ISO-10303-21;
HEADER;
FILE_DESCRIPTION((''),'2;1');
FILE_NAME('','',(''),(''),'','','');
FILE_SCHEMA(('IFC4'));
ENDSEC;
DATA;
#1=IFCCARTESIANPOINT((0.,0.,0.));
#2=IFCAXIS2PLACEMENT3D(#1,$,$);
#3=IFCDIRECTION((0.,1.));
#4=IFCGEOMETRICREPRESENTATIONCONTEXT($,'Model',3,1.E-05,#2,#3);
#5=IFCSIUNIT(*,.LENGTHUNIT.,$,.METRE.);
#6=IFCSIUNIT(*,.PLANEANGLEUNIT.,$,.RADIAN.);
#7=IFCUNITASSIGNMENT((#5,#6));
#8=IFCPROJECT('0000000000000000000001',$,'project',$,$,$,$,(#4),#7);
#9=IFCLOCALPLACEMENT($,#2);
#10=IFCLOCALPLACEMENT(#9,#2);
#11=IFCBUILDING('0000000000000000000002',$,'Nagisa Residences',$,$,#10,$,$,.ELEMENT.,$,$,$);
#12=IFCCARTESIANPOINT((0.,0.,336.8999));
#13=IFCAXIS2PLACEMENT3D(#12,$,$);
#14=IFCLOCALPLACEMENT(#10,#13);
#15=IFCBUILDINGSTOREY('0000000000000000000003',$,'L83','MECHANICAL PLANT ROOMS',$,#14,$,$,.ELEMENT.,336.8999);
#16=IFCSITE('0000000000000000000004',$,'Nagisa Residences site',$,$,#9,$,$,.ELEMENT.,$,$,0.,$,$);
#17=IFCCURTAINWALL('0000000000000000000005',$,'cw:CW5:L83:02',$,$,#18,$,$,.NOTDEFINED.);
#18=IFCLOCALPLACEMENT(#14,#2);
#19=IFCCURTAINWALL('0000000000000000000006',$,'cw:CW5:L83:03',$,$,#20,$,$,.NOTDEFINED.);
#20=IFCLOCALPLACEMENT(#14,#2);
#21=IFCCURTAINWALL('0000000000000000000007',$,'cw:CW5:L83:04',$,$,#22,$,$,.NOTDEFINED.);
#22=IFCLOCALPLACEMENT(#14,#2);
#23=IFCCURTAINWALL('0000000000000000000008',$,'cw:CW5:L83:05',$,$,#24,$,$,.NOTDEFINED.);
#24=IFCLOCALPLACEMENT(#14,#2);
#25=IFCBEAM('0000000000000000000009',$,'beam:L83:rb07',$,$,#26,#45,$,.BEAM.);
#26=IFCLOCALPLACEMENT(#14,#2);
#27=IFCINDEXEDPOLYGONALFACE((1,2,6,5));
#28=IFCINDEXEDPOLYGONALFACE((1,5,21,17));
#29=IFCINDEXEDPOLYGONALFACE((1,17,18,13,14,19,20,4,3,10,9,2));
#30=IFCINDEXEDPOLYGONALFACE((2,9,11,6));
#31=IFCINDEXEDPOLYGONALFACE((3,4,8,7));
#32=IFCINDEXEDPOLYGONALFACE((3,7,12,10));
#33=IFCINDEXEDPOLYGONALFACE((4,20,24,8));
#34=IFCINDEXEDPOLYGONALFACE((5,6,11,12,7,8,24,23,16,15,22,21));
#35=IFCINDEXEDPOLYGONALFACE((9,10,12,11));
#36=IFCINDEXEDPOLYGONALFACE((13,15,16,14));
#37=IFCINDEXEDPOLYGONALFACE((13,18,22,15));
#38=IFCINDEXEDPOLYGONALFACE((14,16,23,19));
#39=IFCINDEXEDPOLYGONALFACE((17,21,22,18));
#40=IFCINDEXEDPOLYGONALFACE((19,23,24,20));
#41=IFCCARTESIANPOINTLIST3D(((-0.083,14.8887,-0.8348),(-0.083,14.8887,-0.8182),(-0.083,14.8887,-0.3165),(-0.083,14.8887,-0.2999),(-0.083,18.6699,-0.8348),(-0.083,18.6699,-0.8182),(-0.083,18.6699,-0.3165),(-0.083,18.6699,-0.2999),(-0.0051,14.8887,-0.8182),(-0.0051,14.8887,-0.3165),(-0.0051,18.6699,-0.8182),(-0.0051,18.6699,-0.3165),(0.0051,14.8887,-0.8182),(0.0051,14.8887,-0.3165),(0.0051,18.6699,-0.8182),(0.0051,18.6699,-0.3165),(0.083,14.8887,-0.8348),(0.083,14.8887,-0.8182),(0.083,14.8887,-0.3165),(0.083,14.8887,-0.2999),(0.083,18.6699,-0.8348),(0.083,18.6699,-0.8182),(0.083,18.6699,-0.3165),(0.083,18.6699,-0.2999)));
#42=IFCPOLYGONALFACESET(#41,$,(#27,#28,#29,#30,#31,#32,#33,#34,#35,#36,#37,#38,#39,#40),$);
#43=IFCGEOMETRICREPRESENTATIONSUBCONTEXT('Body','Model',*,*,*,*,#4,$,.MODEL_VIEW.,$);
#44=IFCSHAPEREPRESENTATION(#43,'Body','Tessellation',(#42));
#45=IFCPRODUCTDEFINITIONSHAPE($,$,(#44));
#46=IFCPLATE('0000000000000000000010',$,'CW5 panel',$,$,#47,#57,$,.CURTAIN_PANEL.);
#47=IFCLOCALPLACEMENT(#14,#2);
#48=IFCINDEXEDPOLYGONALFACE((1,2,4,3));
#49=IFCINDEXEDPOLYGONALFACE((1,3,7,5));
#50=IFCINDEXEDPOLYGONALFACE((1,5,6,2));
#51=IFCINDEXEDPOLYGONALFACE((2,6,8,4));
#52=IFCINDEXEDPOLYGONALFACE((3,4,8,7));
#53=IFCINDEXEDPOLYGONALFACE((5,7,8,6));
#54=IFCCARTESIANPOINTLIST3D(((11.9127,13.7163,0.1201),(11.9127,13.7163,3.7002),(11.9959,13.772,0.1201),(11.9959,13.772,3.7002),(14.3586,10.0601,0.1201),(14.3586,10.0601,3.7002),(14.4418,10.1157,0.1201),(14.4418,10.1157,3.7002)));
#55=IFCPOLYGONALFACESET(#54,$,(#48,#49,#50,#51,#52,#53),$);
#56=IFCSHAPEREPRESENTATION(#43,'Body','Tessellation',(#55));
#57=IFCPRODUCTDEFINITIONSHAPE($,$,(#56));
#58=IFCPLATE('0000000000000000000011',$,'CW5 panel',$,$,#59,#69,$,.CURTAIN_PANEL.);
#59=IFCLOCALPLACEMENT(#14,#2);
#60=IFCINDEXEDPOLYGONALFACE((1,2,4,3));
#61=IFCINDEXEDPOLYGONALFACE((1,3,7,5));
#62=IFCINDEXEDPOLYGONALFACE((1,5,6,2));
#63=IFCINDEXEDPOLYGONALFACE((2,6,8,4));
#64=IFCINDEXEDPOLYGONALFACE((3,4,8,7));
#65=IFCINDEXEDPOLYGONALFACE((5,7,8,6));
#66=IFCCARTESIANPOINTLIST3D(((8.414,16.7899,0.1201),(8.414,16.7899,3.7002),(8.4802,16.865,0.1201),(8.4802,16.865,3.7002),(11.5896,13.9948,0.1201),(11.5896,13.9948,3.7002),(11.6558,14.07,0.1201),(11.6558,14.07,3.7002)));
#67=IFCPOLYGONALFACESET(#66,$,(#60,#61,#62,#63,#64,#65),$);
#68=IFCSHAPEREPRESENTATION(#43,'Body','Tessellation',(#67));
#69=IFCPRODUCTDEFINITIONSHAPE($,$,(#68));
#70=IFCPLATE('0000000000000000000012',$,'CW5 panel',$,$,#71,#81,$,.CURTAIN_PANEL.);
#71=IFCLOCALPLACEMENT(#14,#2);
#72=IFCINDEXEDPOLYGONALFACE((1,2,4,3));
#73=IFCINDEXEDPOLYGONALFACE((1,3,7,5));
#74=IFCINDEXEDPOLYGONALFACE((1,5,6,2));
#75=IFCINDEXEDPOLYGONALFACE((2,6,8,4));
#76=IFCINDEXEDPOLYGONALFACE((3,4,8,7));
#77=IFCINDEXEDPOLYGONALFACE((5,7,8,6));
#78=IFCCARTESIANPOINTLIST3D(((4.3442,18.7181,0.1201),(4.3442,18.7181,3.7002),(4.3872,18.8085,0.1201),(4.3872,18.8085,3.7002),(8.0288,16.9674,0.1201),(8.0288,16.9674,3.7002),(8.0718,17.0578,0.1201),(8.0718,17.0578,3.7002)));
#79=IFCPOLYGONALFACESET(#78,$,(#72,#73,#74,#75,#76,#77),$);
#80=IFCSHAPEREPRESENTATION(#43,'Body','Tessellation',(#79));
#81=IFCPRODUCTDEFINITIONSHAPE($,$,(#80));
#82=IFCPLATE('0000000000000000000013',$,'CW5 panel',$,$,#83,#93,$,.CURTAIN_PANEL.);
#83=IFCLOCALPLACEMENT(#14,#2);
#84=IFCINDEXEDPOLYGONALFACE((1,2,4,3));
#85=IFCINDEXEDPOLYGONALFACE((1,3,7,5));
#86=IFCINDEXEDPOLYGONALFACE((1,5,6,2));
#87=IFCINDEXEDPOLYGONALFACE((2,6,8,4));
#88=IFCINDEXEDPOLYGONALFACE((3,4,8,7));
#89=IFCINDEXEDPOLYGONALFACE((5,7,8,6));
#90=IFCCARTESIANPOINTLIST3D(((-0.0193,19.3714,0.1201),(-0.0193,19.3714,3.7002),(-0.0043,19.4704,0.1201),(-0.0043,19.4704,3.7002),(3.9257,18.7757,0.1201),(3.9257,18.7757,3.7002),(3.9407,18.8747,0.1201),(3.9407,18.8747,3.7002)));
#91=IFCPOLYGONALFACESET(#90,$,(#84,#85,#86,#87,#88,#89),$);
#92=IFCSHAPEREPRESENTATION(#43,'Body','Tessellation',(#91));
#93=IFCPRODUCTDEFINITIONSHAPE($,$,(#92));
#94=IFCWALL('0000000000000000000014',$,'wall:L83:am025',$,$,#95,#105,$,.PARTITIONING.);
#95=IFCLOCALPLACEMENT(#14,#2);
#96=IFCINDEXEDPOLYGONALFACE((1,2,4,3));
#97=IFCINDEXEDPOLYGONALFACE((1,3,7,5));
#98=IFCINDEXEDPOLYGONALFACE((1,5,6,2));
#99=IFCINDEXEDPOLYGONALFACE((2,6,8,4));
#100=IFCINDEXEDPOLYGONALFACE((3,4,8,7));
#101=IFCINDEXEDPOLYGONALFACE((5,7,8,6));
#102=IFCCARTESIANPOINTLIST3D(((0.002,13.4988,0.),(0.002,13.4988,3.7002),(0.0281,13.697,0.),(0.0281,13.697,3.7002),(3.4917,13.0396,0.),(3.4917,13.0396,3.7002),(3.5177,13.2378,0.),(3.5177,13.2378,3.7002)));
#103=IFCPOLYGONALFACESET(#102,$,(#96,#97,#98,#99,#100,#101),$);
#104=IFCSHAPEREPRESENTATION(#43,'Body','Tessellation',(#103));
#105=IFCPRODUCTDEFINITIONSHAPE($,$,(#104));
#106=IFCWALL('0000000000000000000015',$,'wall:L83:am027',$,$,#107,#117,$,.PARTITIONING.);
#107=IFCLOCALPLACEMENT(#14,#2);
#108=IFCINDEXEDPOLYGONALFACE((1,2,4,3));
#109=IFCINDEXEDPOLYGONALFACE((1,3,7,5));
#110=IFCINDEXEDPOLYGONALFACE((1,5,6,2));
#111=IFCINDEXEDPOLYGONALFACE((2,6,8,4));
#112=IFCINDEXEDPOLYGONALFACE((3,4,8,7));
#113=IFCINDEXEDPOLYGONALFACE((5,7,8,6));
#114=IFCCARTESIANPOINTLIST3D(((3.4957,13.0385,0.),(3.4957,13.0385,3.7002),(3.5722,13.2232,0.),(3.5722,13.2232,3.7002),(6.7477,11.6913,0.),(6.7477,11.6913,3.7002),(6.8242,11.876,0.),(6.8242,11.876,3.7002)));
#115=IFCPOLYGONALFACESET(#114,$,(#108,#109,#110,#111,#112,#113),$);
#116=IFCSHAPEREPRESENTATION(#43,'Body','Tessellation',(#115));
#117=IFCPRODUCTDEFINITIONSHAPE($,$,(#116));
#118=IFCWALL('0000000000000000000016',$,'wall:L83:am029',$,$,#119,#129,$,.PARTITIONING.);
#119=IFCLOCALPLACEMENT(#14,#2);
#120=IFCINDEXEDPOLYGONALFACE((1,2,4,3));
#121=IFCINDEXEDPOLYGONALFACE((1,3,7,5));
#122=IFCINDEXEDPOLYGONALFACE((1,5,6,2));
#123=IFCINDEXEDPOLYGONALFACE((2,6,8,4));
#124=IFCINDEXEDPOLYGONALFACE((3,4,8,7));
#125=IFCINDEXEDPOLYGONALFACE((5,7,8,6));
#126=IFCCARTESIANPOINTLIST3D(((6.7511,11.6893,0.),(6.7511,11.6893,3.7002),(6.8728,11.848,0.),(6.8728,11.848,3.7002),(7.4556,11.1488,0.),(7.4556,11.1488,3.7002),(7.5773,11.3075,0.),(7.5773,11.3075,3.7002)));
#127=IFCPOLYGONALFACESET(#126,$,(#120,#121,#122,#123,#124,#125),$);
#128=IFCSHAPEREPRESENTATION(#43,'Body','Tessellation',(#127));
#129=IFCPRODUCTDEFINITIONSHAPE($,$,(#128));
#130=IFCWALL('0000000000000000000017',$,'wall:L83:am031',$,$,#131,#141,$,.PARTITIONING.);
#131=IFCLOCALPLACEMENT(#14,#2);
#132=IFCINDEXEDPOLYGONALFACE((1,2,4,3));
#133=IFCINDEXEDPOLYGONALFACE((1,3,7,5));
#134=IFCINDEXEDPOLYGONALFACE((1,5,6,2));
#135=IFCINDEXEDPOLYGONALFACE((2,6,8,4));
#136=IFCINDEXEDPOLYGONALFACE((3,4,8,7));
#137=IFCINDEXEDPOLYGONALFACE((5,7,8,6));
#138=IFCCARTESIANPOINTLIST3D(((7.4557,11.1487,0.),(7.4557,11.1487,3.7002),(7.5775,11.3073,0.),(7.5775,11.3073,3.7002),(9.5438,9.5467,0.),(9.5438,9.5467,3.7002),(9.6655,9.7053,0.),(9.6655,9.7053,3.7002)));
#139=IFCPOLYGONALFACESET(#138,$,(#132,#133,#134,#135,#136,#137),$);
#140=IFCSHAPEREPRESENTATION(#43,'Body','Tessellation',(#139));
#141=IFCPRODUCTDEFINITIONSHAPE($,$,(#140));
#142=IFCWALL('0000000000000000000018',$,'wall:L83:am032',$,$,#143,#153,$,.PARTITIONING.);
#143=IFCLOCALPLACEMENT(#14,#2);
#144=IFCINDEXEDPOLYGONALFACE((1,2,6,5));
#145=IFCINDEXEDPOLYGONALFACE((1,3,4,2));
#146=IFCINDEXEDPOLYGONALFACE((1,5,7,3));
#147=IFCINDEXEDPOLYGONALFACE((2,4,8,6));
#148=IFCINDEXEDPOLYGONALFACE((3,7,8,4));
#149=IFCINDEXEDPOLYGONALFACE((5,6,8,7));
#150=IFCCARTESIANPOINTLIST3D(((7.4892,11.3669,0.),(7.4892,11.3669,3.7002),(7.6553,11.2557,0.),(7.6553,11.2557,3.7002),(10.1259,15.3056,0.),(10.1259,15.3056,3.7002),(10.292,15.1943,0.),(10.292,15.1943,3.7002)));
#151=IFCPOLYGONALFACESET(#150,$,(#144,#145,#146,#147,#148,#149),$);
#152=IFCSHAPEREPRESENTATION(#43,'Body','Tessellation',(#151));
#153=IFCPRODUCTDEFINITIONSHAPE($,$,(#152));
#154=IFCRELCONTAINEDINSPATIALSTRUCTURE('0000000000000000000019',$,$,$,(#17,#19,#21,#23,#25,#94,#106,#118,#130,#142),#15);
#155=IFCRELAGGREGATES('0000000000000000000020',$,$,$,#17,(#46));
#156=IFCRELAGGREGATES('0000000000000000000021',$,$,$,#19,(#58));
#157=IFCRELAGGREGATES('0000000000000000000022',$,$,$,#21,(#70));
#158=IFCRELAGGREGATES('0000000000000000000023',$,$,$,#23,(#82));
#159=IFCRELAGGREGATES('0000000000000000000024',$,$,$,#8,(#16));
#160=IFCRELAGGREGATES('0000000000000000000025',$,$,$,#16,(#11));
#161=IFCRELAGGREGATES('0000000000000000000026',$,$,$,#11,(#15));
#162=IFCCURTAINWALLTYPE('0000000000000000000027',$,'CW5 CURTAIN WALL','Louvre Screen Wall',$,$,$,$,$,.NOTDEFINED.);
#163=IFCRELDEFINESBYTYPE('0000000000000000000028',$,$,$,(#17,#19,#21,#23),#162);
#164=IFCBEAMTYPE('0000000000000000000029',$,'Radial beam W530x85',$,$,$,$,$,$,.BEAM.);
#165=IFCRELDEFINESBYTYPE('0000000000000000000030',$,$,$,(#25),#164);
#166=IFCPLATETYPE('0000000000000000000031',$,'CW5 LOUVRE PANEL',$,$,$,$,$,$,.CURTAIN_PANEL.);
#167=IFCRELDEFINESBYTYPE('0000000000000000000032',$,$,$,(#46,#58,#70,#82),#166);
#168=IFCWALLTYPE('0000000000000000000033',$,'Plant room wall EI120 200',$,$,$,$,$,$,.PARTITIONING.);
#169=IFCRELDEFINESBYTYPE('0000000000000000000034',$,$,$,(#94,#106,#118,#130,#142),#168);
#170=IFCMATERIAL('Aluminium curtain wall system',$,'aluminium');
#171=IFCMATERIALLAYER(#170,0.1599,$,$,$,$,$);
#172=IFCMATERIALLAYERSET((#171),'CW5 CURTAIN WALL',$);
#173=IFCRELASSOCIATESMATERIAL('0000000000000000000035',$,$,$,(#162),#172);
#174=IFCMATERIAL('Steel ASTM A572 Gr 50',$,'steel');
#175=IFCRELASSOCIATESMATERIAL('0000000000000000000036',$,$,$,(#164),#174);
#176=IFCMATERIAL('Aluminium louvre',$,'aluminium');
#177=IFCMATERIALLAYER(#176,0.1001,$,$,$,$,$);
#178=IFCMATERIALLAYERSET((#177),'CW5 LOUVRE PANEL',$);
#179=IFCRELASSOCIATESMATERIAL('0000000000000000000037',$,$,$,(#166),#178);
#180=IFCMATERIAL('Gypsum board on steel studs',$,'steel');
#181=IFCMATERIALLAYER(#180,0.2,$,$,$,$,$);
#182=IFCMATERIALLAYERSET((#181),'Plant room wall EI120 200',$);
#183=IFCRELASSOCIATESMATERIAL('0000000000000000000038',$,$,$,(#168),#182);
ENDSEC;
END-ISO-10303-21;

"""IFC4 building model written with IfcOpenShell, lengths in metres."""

from ifc_helpers import new_model, si_unit, direction, frame, frame_2d, origin, origin_2d, place, context, subcontext, project, spatial, rectangle, i_section, extrude, material, layer, layer_set, material_profile, profile_set, type_object, element, aggregate, save


model = new_model("IFC4")

# Units and contexts
model_context = context("Model", 3, precision=1e-05, world=origin(), true_north=direction((0.0, 1.0)))
body_context = subcontext(model_context, "Body", "Model", "MODEL_VIEW")
ifc_project = project(units=[si_unit("LENGTHUNIT", "METRE"), si_unit("PLANEANGLEUNIT", "RADIAN")], contexts=[model_context])

# Site, building, storey
site_placement = place(None, origin())
site = spatial("IfcSite", under=ifc_project, at=site_placement, Name="Nagisa Residences site", CompositionType="ELEMENT", RefElevation=0.0)
building_placement = place(site_placement, origin())
building = spatial("IfcBuilding", under=site, at=building_placement, Name="Nagisa Residences", CompositionType="ELEMENT")
storey_placement = place(building_placement, frame((0.0, 0.0, 336.8999)))
storey = spatial("IfcBuildingStorey", under=building, at=storey_placement, Name="L83", Description="MECHANICAL PLANT ROOMS", CompositionType="ELEMENT", Elevation=336.8999)

# Curtain walls
ifc_material_1 = material(Name="Aluminium curtain wall system", Category="aluminium")
ifc_layer_1 = layer(ifc_material_1, 0.1599)
ifc_layer_set_1 = layer_set([ifc_layer_1], Name="CW5 CURTAIN WALL")
curtain_wall_type = type_object("IfcCurtainWallType", Name="CW5 CURTAIN WALL", Description="Louvre Screen Wall", PredefinedType="NOTDEFINED", material=ifc_layer_set_1)
curtain_wall_1_placement = place(storey_placement, origin())
curtain_wall_1 = element("IfcCurtainWall", 1, at=curtain_wall_1_placement, inside=storey, type_object=curtain_wall_type, Name="cw:CW5:L83:02", PredefinedType="NOTDEFINED")
curtain_wall_2_placement = place(storey_placement, origin())
curtain_wall_2 = element("IfcCurtainWall", 2, at=curtain_wall_2_placement, inside=storey, type_object=curtain_wall_type, Name="cw:CW5:L83:03", PredefinedType="NOTDEFINED")
curtain_wall_3_placement = place(storey_placement, origin())
curtain_wall_3 = element("IfcCurtainWall", 3, at=curtain_wall_3_placement, inside=storey, type_object=curtain_wall_type, Name="cw:CW5:L83:04", PredefinedType="NOTDEFINED")
curtain_wall_4_placement = place(storey_placement, origin())
curtain_wall_4 = element("IfcCurtainWall", 4, at=curtain_wall_4_placement, inside=storey, type_object=curtain_wall_type, Name="cw:CW5:L83:05", PredefinedType="NOTDEFINED")

# Beam
ifc_material_2 = material(Name="Steel ASTM A572 Gr 50", Category="steel")
ifc_material_profile_1 = material_profile(ifc_material_2, i_section(OverallWidth=0.166, OverallDepth=0.5349, WebThickness=0.0103, FlangeThickness=0.0166, at=origin_2d()), Name="W530x85")
ifc_profile_set_1 = profile_set([ifc_material_profile_1], Name="Steel ASTM A572 Gr 50")
beam_type_1 = type_object("IfcBeamType", Name="Radial beam W530x85", PredefinedType="BEAM", material=ifc_profile_set_1)
beam_1_placement = place(storey_placement, frame((0.0, 18.6699, -0.5674), z_axis=(0.0, -1.0, 0.0), x_axis=(1.0, 0.0, 0.0)))
element("IfcBeam", 5, at=beam_1_placement, inside=storey, type_object=beam_type_1, Name="beam:L83:rb07", PredefinedType="BEAM", context=body_context, shape_type="SweptSolid", body=[
    extrude(i_section(OverallWidth=0.166, OverallDepth=0.5349, WebThickness=0.0103, FlangeThickness=0.0166, at=origin_2d()), origin(), (0.0, 0.0, 1.0), 3.7812),
])

# Plates
ifc_material_3 = material(Name="Aluminium louvre", Category="aluminium")
ifc_layer_2 = layer(ifc_material_3, 0.1001)
ifc_layer_set_2 = layer_set([ifc_layer_2], Name="CW5 LOUVRE PANEL")
plate_type = type_object("IfcPlateType", Name="CW5 LOUVRE PANEL", PredefinedType="CURTAIN_PANEL", material=ifc_layer_set_2)
plate_1_placement = place(storey_placement, frame((13.1772, 11.916, 0.1201), z_axis=(0.0, 0.0, 1.0), x_axis=(-0.556014, 0.831173, 0.0)))
plate_1 = element("IfcPlate", 6, at=plate_1_placement, type_object=plate_type, Name="CW5 panel", PredefinedType="CURTAIN_PANEL", context=body_context, shape_type="SweptSolid", body=[
    extrude(rectangle(XDim=4.3989, YDim=0.1001, at=origin_2d()), origin(), (0.0, 0.0, 1.0), 3.5801),
])
aggregate(curtain_wall_1, [plate_1])
plate_2_placement = place(storey_placement, frame((10.0349, 15.4299, 0.1201), z_axis=(0.0, 0.0, 1.0), x_axis=(-0.750651, 0.660699, 0.0)))
plate_2 = element("IfcPlate", 7, at=plate_2_placement, type_object=plate_type, Name="CW5 panel", PredefinedType="CURTAIN_PANEL", context=body_context, shape_type="SweptSolid", body=[
    extrude(rectangle(XDim=4.2305, YDim=0.1001, at=origin_2d()), origin(), (0.0, 0.0, 1.0), 3.5801),
])
aggregate(curtain_wall_2, [plate_2])
plate_3_placement = place(storey_placement, frame((6.208, 17.8879, 0.1201), z_axis=(0.0, 0.0, 1.0), x_axis=(-0.903233, 0.429151, 0.0)))
plate_3 = element("IfcPlate", 8, at=plate_3_placement, type_object=plate_type, Name="CW5 panel", PredefinedType="CURTAIN_PANEL", context=body_context, shape_type="SweptSolid", body=[
    extrude(rectangle(XDim=4.0793, YDim=0.1001, at=origin_2d()), origin(), (0.0, 0.0, 1.0), 3.5801),
])
aggregate(curtain_wall_3, [plate_3])
plate_4_placement = place(storey_placement, frame((1.9607, 19.123, 0.1201), z_axis=(0.0, 0.0, 1.0), x_axis=(-0.988789, 0.14932, 0.0)))
plate_4 = element("IfcPlate", 9, at=plate_4_placement, type_object=plate_type, Name="CW5 panel", PredefinedType="CURTAIN_PANEL", context=body_context, shape_type="SweptSolid", body=[
    extrude(rectangle(XDim=3.9897, YDim=0.1001, at=origin_2d()), origin(), (0.0, 0.0, 1.0), 3.5801),
])
aggregate(curtain_wall_4, [plate_4])

# Walls
ifc_material_4 = material(Name="Gypsum board on steel studs", Category="steel")
ifc_layer_3 = layer(ifc_material_4, 0.2)
ifc_layer_set_3 = layer_set([ifc_layer_3], Name="Plant room wall EI120 200")
wall_type = type_object("IfcWallType", Name="Plant room wall EI120 200", PredefinedType="PARTITIONING", material=ifc_layer_set_3)
wall_1_placement = place(storey_placement, frame((0.0151, 13.5979, 0.0), z_axis=(0.0, 0.0, 1.0), x_axis=(0.991452, -0.130469, 0.0)))
element("IfcWall", 10, at=wall_1_placement, inside=storey, type_object=wall_type, Name="wall:L83:am025", PredefinedType="PARTITIONING", context=body_context, shape_type="SweptSolid", body=[
    extrude(rectangle(XDim=3.5198, YDim=0.2, at=frame_2d((1.7598, 0.0))), origin(), (0.0, 0.0, 1.0), 3.7002),
])
wall_2_placement = place(storey_placement, frame((3.5339, 13.1309, 0.0), z_axis=(0.0, 0.0, 1.0), x_axis=(0.923863, -0.382723, 0.0)))
element("IfcWall", 11, at=wall_2_placement, inside=storey, type_object=wall_type, Name="wall:L83:am027", PredefinedType="PARTITIONING", context=body_context, shape_type="SweptSolid", body=[
    extrude(rectangle(XDim=3.52, YDim=0.2, at=frame_2d((1.76, 0.0))), origin(), (0.0, 0.0, 1.0), 3.7002),
])
wall_3_placement = place(storey_placement, frame((6.812, 11.7686, 0.0), z_axis=(0.0, 0.0, 1.0), x_axis=(0.79342, -0.608674, 0.0)))
element("IfcWall", 12, at=wall_3_placement, inside=storey, type_object=wall_type, Name="wall:L83:am029", PredefinedType="PARTITIONING", context=body_context, shape_type="SweptSolid", body=[
    extrude(rectangle(XDim=0.8879, YDim=0.2, at=frame_2d((0.4438, 0.0))), origin(), (0.0, 0.0, 1.0), 3.7002),
])
wall_4_placement = place(storey_placement, frame((7.5166, 11.228, 0.0), z_axis=(0.0, 0.0, 1.0), x_axis=(0.793396, -0.608706, 0.0)))
element("IfcWall", 13, at=wall_4_placement, inside=storey, type_object=wall_type, Name="wall:L83:am031", PredefinedType="PARTITIONING", context=body_context, shape_type="SweptSolid", body=[
    extrude(rectangle(XDim=2.6318, YDim=0.2, at=frame_2d((1.3159, 0.0))), origin(), (0.0, 0.0, 1.0), 3.7002),
])
wall_5_placement = place(storey_placement, frame((7.5723, 11.3113, 0.0), z_axis=(0.0, 0.0, 1.0), x_axis=(0.556292, 0.830987, 0.0)))
element("IfcWall", 14, at=wall_5_placement, inside=storey, type_object=wall_type, Name="wall:L83:am032", PredefinedType="PARTITIONING", context=body_context, shape_type="SweptSolid", body=[
    extrude(rectangle(XDim=4.7397, YDim=0.2, at=frame_2d((2.3699, 0.0))), origin(), (0.0, 0.0, 1.0), 3.7002),
])

save(model, "model.ifc")
